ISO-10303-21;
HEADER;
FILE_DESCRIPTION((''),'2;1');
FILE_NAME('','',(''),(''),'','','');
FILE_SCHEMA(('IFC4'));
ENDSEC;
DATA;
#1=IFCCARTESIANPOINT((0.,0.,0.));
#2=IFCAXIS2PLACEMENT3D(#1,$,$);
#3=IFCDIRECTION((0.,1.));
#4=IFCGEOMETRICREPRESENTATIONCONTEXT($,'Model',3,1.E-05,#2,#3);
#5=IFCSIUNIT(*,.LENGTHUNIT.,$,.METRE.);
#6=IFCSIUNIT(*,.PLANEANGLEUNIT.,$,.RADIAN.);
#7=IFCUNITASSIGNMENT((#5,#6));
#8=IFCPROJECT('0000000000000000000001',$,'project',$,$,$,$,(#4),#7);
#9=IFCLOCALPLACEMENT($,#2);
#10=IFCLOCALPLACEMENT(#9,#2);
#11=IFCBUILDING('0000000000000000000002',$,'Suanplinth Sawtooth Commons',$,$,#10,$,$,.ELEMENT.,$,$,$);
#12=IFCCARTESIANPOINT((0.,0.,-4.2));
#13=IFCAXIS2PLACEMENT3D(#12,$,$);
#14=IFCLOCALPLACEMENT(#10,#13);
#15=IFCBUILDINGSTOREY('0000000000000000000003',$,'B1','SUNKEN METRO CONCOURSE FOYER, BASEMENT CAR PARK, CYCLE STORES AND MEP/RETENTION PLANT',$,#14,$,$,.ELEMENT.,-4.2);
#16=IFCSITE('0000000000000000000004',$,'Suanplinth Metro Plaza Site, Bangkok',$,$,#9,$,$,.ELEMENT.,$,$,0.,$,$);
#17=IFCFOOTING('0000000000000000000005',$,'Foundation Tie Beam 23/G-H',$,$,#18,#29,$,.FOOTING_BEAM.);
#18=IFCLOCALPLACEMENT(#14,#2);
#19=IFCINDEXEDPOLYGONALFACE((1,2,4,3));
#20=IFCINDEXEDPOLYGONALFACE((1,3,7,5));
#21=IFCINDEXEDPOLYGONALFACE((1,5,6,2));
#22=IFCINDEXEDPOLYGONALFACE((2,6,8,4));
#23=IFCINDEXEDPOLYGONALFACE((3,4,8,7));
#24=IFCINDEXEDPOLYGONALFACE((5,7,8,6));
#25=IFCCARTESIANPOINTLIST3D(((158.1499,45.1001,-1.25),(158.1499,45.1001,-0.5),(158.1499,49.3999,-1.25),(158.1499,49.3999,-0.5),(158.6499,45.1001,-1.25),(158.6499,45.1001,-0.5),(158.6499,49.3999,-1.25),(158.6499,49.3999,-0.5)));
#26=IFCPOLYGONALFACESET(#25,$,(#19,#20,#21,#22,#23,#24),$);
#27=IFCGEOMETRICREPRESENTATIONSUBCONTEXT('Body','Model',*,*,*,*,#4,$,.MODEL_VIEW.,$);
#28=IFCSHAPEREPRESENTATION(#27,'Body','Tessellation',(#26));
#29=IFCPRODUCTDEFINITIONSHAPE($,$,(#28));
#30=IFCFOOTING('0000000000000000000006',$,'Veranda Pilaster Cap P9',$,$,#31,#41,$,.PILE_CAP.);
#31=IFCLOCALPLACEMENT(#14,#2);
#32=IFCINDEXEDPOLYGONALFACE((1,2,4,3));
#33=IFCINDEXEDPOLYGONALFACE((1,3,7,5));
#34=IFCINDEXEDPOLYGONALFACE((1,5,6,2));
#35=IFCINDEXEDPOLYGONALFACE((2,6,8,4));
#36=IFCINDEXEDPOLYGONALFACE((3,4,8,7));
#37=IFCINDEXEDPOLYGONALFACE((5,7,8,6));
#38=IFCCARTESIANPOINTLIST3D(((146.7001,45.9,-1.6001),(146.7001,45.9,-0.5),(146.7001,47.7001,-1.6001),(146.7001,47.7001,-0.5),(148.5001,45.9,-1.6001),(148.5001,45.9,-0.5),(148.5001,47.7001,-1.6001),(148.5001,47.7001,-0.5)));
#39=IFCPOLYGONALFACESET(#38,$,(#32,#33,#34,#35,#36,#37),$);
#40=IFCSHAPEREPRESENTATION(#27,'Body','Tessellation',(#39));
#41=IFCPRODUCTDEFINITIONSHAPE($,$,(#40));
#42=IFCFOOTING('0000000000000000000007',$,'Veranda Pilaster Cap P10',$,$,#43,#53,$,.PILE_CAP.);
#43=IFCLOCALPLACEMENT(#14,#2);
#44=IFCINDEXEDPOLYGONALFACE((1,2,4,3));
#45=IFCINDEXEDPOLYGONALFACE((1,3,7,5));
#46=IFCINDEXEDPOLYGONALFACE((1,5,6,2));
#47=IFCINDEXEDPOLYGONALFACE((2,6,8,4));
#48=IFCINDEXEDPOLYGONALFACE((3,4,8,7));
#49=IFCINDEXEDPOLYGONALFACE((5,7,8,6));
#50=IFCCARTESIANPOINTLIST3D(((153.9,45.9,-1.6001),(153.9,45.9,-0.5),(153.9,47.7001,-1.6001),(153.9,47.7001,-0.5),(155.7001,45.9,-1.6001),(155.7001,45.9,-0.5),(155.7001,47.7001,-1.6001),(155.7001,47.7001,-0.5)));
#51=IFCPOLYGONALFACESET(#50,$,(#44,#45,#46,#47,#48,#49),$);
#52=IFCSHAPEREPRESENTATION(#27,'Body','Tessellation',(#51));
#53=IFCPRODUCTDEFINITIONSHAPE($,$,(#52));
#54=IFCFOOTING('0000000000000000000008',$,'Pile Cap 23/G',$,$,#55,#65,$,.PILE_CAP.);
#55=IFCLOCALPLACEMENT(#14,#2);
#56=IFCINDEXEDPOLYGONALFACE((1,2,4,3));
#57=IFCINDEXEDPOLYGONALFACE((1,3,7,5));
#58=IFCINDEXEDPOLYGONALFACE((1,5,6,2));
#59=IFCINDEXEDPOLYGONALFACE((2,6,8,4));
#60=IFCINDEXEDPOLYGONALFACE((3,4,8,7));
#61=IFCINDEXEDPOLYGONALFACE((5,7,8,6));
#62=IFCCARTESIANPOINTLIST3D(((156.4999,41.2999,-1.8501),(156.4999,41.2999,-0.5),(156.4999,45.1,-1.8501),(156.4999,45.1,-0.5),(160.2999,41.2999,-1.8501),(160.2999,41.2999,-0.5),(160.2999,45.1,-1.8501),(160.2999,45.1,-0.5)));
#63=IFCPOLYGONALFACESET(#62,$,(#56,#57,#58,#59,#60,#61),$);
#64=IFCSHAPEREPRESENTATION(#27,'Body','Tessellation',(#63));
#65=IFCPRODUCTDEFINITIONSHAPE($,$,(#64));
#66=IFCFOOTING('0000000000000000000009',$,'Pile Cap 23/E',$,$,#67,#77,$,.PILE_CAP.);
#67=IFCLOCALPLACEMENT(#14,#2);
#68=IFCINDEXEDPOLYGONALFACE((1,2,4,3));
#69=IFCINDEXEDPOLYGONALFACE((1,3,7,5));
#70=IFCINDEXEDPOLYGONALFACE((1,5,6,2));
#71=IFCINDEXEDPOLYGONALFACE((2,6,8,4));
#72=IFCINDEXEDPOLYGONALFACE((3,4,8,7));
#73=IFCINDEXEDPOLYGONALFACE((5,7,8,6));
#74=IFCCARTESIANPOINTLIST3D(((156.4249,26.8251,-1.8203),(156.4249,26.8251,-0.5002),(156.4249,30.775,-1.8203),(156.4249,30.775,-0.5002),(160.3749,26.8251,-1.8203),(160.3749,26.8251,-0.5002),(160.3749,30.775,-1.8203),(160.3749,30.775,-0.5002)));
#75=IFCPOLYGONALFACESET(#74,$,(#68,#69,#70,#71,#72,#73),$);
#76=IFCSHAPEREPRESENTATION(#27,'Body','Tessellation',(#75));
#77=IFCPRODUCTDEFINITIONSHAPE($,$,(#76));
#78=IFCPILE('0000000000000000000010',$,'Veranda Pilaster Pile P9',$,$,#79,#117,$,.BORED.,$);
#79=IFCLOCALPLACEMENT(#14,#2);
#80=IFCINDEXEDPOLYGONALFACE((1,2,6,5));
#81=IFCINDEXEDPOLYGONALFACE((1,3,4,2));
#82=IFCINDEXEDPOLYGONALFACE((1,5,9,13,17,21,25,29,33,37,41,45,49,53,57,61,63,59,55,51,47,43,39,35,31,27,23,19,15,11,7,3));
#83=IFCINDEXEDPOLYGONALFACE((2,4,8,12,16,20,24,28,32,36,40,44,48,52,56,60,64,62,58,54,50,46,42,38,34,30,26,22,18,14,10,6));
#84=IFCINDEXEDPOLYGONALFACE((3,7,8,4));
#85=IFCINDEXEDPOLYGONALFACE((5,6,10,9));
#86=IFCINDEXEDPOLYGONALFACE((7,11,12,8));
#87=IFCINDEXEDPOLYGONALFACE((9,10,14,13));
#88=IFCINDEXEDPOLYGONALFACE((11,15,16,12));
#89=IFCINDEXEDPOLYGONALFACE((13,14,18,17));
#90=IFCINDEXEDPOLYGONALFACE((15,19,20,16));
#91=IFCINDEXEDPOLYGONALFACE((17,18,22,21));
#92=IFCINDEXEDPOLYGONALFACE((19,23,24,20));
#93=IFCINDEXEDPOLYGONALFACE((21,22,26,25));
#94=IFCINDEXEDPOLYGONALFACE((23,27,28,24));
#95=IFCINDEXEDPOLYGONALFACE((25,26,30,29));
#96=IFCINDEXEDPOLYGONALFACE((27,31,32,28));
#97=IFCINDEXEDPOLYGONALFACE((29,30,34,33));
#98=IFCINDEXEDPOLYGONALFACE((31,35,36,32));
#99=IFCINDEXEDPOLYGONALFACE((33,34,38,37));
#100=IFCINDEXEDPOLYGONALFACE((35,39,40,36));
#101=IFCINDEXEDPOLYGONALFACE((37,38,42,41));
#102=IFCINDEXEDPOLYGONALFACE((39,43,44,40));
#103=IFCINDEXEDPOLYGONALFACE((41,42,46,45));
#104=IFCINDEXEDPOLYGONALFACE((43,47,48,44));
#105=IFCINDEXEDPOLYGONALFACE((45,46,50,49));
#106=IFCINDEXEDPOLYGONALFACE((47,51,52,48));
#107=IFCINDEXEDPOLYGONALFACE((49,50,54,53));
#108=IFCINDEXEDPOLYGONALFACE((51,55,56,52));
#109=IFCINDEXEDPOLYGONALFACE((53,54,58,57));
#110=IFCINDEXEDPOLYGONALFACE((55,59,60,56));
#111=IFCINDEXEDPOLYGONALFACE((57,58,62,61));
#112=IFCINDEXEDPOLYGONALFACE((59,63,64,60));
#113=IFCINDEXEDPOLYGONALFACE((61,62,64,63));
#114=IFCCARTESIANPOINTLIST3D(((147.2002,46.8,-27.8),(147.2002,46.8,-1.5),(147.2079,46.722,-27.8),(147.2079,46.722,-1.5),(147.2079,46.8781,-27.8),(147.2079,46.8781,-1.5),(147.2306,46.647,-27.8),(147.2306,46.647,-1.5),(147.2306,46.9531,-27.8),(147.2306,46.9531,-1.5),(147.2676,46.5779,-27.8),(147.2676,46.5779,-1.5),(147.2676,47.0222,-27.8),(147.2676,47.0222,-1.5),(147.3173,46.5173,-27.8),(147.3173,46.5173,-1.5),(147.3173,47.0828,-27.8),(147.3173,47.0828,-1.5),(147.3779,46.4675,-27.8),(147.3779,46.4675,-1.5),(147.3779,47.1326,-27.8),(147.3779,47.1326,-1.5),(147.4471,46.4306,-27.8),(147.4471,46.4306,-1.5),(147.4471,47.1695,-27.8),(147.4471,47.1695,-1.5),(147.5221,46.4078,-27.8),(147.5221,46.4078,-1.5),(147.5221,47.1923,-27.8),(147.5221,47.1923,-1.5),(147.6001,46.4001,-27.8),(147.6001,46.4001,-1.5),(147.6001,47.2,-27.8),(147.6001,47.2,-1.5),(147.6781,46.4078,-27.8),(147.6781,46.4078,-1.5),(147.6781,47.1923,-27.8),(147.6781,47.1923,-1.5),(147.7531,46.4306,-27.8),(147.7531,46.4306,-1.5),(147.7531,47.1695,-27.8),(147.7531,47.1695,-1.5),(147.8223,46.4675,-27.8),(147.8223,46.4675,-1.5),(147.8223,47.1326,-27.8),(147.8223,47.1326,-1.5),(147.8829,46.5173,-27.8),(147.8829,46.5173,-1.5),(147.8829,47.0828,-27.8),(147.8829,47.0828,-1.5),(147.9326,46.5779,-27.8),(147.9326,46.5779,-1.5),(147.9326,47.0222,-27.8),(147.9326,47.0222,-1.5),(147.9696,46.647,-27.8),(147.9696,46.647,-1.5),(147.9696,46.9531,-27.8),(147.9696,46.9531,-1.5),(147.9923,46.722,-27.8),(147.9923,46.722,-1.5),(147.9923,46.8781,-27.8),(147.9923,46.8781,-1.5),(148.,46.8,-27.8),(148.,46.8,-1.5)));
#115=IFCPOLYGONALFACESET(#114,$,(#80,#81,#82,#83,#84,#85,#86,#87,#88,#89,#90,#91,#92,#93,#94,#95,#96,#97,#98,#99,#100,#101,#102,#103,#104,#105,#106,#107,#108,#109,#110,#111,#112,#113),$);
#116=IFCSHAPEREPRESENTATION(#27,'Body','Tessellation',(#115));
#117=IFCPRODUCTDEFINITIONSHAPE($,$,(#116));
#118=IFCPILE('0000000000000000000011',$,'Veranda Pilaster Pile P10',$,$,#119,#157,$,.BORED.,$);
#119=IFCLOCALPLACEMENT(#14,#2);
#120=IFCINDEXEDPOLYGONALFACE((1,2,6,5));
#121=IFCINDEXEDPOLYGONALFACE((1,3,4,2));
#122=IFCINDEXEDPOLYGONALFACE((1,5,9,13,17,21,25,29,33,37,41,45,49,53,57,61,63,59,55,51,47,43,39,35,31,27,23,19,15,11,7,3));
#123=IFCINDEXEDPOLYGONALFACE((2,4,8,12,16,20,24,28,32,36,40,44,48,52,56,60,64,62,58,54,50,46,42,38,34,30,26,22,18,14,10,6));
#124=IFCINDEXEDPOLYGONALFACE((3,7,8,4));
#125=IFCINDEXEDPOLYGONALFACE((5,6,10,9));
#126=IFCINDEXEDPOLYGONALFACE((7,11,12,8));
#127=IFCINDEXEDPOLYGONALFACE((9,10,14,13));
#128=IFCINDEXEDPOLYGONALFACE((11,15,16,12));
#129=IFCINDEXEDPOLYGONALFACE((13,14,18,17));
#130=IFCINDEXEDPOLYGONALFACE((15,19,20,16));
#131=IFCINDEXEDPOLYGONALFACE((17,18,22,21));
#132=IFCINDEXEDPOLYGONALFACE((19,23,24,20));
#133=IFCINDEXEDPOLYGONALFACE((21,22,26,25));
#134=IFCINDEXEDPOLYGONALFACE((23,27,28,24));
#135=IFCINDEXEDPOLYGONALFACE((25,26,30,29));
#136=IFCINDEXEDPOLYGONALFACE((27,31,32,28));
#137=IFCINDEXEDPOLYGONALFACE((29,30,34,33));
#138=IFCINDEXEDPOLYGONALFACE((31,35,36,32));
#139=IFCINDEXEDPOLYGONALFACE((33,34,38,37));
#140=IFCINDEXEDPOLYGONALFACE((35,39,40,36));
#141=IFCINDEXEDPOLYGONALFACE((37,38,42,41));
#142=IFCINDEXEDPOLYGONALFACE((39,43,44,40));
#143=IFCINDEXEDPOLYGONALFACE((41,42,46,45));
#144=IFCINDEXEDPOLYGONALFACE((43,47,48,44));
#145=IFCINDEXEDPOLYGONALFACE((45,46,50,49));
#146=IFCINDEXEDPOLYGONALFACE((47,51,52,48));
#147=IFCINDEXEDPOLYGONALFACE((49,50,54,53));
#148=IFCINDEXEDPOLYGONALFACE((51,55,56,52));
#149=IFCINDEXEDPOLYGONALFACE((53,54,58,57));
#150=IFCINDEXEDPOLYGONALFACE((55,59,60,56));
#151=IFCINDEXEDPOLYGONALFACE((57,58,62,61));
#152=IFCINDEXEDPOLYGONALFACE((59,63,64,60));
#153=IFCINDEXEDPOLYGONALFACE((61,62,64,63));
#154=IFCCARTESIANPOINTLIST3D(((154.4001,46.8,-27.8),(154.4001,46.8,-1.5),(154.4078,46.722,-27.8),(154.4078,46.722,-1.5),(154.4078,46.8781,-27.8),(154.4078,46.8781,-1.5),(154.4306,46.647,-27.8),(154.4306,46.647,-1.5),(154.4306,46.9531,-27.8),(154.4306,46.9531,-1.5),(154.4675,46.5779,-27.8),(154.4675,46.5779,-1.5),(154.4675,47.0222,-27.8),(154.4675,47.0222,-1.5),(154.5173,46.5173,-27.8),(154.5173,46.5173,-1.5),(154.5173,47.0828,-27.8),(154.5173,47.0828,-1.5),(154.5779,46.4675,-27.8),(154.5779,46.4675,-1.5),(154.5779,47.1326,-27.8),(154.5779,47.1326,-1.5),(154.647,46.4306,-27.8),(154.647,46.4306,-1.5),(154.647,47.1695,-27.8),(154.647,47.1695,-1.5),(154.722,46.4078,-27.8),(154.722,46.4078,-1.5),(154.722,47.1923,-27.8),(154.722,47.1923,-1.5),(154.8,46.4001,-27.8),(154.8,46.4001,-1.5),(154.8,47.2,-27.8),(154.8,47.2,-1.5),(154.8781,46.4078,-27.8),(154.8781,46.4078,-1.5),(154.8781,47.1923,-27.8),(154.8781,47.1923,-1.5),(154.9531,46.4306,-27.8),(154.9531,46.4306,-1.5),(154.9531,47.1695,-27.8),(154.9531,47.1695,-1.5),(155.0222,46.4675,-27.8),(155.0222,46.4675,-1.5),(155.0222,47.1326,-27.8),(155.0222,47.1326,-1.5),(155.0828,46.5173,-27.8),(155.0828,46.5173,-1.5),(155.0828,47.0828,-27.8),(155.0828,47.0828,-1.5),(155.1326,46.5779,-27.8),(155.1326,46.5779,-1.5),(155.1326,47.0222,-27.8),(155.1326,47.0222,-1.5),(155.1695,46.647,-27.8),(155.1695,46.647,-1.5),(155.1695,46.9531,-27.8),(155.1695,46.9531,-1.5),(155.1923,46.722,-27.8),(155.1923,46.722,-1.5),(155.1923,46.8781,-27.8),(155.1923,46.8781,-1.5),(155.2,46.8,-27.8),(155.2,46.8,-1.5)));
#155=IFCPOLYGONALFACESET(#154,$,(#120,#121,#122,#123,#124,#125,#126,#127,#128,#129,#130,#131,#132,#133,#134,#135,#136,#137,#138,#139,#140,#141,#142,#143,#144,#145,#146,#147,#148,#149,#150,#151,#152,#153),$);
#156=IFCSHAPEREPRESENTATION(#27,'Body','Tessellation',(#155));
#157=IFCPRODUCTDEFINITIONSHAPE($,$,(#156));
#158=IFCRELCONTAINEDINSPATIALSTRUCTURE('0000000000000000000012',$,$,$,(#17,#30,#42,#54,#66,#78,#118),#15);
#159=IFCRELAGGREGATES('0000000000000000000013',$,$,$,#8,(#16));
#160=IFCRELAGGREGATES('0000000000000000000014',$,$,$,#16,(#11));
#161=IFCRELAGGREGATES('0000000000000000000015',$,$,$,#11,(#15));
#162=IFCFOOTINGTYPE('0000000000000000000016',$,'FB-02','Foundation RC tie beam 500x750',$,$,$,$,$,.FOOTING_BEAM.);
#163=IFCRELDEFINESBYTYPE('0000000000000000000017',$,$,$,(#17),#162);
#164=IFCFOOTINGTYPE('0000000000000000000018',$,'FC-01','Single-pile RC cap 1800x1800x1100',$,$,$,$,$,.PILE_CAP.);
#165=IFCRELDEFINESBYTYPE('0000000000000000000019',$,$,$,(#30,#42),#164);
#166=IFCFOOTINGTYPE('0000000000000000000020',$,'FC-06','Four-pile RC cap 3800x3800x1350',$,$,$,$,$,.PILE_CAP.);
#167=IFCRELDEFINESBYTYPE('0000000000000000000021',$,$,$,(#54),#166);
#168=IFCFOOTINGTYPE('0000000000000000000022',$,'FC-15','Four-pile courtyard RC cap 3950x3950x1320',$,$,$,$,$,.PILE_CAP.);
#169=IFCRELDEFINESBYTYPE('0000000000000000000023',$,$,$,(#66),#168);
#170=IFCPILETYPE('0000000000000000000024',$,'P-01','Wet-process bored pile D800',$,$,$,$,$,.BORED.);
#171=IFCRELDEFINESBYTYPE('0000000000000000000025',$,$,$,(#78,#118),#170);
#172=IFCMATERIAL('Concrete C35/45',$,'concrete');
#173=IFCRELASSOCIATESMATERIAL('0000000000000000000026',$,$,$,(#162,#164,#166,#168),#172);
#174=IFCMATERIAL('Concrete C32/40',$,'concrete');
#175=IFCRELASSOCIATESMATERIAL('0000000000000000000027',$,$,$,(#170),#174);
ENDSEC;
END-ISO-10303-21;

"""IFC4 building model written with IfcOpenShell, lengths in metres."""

from ifc_helpers import new_model, si_unit, direction, frame, origin, origin_2d, place, context, subcontext, project, spatial, rectangle, circle, extrude, material, material_profile, profile_set, type_object, element, save


model = new_model("IFC4")

# Units and contexts
model_context = context("Model", 3, precision=1e-05, world=origin(), true_north=direction((0.0, 1.0)))
body_context = subcontext(model_context, "Body", "Model", "MODEL_VIEW")
ifc_project = project(units=[si_unit("LENGTHUNIT", "METRE"), si_unit("PLANEANGLEUNIT", "RADIAN")], contexts=[model_context])

# Site, building, storey
site_placement = place(None, origin())
site = spatial("IfcSite", under=ifc_project, at=site_placement, Name="Suanplinth Metro Plaza Site, Bangkok", CompositionType="ELEMENT", RefElevation=0.0)
building_placement = place(site_placement, origin())
building = spatial("IfcBuilding", under=site, at=building_placement, Name="Suanplinth Sawtooth Commons", CompositionType="ELEMENT")
storey_placement = place(building_placement, frame((0.0, 0.0, -4.2)))
storey = spatial("IfcBuildingStorey", under=building, at=storey_placement, Name="B1", Description="SUNKEN METRO CONCOURSE FOYER, BASEMENT CAR PARK, CYCLE STORES AND MEP/RETENTION PLANT", CompositionType="ELEMENT", Elevation=-4.2)

# Footings
ifc_material_1 = material(Name="Concrete C35/45", Category="concrete")
ifc_material_profile_1 = material_profile(ifc_material_1, rectangle(XDim=0.5, YDim=0.75, at=origin_2d()), Name="RC-GDR 500x750")
ifc_profile_set_1 = profile_set([ifc_material_profile_1], Name="Concrete C35/45")
footing_type_1 = type_object("IfcFootingType", Name="FB-02", Description="Foundation RC tie beam 500x750", PredefinedType="FOOTING_BEAM", material=ifc_profile_set_1)
footing_1_placement = place(storey_placement, frame((158.3999, 45.1001, -0.875), z_axis=(0.0, 1.0, 0.0), x_axis=(-1.0, 0.0, 0.0)))
element("IfcFooting", 1, at=footing_1_placement, inside=storey, type_object=footing_type_1, Name="Foundation Tie Beam 23/G-H", PredefinedType="FOOTING_BEAM", context=body_context, shape_type="SweptSolid", body=[
    extrude(rectangle(XDim=0.5, YDim=0.75, at=origin_2d()), origin(), (0.0, 0.0, 1.0), 4.2998),
])
footing_type_2 = type_object("IfcFootingType", Name="FC-01", Description="Single-pile RC cap 1800x1800x1100", PredefinedType="PILE_CAP", material=ifc_material_1)
for number, where, z_axis, x_axis, name in (
    (2, (147.6001, 46.8, -1.6001), (0.0, 0.0, 1.0), (1.0, 0.0, 0.0), "Veranda Pilaster Cap P9"),
    (3, (154.8, 46.8, -1.6001), (0.0, 0.0, 1.0), (1.0, 0.0, 0.0), "Veranda Pilaster Cap P10"),
):
    element("IfcFooting", number, at=place(storey_placement, frame(where, z_axis=z_axis, x_axis=x_axis)), inside=storey, type_object=footing_type_2, Name=name, PredefinedType="PILE_CAP", context=body_context, shape_type="SweptSolid", body=[
        extrude(rectangle(XDim=1.8, YDim=1.8, at=origin_2d()), origin(), (0.0, 0.0, 1.0), 1.1001),
    ])
footing_type_3 = type_object("IfcFootingType", Name="FC-06", Description="Four-pile RC cap 3800x3800x1350", PredefinedType="PILE_CAP", material=ifc_material_1)
footing_2_placement = place(storey_placement, frame((158.3999, 43.2, -1.8501), z_axis=(0.0, 0.0, 1.0), x_axis=(1.0, 0.0, 0.0)))
element("IfcFooting", 4, at=footing_2_placement, inside=storey, type_object=footing_type_3, Name="Pile Cap 23/G", PredefinedType="PILE_CAP", context=body_context, shape_type="SweptSolid", body=[
    extrude(rectangle(XDim=3.8, YDim=3.8, at=origin_2d()), origin(), (0.0, 0.0, 1.0), 1.3501),
])
footing_type_4 = type_object("IfcFootingType", Name="FC-15", Description="Four-pile courtyard RC cap 3950x3950x1320", PredefinedType="PILE_CAP", material=ifc_material_1)
footing_3_placement = place(storey_placement, frame((158.3999, 28.8, -1.8203), z_axis=(0.0, 0.0, 1.0), x_axis=(1.0, 0.0, 0.0)))
element("IfcFooting", 5, at=footing_3_placement, inside=storey, type_object=footing_type_4, Name="Pile Cap 23/E", PredefinedType="PILE_CAP", context=body_context, shape_type="SweptSolid", body=[
    extrude(rectangle(XDim=3.95, YDim=3.95, at=origin_2d()), origin(), (0.0, 0.0, 1.0), 1.3201),
])

# Piles
ifc_material_2 = material(Name="Concrete C32/40", Category="concrete")
ifc_material_profile_2 = material_profile(ifc_material_2, circle(Radius=0.3999, at=origin_2d()), Name="PILE D800")
ifc_profile_set_2 = profile_set([ifc_material_profile_2], Name="Concrete C32/40")
pile_type_1 = type_object("IfcPileType", Name="P-01", Description="Wet-process bored pile D800", PredefinedType="BORED", material=ifc_profile_set_2)
for number, where, z_axis, x_axis, name in (
    (6, (147.6001, 46.8, -1.5), (0.0, 0.0, -1.0), (1.0, 0.0, 0.0), "Veranda Pilaster Pile P9"),
    (7, (154.8, 46.8, -1.5), (0.0, 0.0, -1.0), (1.0, 0.0, 0.0), "Veranda Pilaster Pile P10"),
):
    element("IfcPile", number, at=place(storey_placement, frame(where, z_axis=z_axis, x_axis=x_axis)), inside=storey, type_object=pile_type_1, Name=name, PredefinedType="BORED", context=body_context, shape_type="SweptSolid", body=[
        extrude(circle(Radius=0.3999, at=origin_2d()), origin(), (0.0, 0.0, 1.0), 26.3),
    ])

save(model, "model.ifc")
